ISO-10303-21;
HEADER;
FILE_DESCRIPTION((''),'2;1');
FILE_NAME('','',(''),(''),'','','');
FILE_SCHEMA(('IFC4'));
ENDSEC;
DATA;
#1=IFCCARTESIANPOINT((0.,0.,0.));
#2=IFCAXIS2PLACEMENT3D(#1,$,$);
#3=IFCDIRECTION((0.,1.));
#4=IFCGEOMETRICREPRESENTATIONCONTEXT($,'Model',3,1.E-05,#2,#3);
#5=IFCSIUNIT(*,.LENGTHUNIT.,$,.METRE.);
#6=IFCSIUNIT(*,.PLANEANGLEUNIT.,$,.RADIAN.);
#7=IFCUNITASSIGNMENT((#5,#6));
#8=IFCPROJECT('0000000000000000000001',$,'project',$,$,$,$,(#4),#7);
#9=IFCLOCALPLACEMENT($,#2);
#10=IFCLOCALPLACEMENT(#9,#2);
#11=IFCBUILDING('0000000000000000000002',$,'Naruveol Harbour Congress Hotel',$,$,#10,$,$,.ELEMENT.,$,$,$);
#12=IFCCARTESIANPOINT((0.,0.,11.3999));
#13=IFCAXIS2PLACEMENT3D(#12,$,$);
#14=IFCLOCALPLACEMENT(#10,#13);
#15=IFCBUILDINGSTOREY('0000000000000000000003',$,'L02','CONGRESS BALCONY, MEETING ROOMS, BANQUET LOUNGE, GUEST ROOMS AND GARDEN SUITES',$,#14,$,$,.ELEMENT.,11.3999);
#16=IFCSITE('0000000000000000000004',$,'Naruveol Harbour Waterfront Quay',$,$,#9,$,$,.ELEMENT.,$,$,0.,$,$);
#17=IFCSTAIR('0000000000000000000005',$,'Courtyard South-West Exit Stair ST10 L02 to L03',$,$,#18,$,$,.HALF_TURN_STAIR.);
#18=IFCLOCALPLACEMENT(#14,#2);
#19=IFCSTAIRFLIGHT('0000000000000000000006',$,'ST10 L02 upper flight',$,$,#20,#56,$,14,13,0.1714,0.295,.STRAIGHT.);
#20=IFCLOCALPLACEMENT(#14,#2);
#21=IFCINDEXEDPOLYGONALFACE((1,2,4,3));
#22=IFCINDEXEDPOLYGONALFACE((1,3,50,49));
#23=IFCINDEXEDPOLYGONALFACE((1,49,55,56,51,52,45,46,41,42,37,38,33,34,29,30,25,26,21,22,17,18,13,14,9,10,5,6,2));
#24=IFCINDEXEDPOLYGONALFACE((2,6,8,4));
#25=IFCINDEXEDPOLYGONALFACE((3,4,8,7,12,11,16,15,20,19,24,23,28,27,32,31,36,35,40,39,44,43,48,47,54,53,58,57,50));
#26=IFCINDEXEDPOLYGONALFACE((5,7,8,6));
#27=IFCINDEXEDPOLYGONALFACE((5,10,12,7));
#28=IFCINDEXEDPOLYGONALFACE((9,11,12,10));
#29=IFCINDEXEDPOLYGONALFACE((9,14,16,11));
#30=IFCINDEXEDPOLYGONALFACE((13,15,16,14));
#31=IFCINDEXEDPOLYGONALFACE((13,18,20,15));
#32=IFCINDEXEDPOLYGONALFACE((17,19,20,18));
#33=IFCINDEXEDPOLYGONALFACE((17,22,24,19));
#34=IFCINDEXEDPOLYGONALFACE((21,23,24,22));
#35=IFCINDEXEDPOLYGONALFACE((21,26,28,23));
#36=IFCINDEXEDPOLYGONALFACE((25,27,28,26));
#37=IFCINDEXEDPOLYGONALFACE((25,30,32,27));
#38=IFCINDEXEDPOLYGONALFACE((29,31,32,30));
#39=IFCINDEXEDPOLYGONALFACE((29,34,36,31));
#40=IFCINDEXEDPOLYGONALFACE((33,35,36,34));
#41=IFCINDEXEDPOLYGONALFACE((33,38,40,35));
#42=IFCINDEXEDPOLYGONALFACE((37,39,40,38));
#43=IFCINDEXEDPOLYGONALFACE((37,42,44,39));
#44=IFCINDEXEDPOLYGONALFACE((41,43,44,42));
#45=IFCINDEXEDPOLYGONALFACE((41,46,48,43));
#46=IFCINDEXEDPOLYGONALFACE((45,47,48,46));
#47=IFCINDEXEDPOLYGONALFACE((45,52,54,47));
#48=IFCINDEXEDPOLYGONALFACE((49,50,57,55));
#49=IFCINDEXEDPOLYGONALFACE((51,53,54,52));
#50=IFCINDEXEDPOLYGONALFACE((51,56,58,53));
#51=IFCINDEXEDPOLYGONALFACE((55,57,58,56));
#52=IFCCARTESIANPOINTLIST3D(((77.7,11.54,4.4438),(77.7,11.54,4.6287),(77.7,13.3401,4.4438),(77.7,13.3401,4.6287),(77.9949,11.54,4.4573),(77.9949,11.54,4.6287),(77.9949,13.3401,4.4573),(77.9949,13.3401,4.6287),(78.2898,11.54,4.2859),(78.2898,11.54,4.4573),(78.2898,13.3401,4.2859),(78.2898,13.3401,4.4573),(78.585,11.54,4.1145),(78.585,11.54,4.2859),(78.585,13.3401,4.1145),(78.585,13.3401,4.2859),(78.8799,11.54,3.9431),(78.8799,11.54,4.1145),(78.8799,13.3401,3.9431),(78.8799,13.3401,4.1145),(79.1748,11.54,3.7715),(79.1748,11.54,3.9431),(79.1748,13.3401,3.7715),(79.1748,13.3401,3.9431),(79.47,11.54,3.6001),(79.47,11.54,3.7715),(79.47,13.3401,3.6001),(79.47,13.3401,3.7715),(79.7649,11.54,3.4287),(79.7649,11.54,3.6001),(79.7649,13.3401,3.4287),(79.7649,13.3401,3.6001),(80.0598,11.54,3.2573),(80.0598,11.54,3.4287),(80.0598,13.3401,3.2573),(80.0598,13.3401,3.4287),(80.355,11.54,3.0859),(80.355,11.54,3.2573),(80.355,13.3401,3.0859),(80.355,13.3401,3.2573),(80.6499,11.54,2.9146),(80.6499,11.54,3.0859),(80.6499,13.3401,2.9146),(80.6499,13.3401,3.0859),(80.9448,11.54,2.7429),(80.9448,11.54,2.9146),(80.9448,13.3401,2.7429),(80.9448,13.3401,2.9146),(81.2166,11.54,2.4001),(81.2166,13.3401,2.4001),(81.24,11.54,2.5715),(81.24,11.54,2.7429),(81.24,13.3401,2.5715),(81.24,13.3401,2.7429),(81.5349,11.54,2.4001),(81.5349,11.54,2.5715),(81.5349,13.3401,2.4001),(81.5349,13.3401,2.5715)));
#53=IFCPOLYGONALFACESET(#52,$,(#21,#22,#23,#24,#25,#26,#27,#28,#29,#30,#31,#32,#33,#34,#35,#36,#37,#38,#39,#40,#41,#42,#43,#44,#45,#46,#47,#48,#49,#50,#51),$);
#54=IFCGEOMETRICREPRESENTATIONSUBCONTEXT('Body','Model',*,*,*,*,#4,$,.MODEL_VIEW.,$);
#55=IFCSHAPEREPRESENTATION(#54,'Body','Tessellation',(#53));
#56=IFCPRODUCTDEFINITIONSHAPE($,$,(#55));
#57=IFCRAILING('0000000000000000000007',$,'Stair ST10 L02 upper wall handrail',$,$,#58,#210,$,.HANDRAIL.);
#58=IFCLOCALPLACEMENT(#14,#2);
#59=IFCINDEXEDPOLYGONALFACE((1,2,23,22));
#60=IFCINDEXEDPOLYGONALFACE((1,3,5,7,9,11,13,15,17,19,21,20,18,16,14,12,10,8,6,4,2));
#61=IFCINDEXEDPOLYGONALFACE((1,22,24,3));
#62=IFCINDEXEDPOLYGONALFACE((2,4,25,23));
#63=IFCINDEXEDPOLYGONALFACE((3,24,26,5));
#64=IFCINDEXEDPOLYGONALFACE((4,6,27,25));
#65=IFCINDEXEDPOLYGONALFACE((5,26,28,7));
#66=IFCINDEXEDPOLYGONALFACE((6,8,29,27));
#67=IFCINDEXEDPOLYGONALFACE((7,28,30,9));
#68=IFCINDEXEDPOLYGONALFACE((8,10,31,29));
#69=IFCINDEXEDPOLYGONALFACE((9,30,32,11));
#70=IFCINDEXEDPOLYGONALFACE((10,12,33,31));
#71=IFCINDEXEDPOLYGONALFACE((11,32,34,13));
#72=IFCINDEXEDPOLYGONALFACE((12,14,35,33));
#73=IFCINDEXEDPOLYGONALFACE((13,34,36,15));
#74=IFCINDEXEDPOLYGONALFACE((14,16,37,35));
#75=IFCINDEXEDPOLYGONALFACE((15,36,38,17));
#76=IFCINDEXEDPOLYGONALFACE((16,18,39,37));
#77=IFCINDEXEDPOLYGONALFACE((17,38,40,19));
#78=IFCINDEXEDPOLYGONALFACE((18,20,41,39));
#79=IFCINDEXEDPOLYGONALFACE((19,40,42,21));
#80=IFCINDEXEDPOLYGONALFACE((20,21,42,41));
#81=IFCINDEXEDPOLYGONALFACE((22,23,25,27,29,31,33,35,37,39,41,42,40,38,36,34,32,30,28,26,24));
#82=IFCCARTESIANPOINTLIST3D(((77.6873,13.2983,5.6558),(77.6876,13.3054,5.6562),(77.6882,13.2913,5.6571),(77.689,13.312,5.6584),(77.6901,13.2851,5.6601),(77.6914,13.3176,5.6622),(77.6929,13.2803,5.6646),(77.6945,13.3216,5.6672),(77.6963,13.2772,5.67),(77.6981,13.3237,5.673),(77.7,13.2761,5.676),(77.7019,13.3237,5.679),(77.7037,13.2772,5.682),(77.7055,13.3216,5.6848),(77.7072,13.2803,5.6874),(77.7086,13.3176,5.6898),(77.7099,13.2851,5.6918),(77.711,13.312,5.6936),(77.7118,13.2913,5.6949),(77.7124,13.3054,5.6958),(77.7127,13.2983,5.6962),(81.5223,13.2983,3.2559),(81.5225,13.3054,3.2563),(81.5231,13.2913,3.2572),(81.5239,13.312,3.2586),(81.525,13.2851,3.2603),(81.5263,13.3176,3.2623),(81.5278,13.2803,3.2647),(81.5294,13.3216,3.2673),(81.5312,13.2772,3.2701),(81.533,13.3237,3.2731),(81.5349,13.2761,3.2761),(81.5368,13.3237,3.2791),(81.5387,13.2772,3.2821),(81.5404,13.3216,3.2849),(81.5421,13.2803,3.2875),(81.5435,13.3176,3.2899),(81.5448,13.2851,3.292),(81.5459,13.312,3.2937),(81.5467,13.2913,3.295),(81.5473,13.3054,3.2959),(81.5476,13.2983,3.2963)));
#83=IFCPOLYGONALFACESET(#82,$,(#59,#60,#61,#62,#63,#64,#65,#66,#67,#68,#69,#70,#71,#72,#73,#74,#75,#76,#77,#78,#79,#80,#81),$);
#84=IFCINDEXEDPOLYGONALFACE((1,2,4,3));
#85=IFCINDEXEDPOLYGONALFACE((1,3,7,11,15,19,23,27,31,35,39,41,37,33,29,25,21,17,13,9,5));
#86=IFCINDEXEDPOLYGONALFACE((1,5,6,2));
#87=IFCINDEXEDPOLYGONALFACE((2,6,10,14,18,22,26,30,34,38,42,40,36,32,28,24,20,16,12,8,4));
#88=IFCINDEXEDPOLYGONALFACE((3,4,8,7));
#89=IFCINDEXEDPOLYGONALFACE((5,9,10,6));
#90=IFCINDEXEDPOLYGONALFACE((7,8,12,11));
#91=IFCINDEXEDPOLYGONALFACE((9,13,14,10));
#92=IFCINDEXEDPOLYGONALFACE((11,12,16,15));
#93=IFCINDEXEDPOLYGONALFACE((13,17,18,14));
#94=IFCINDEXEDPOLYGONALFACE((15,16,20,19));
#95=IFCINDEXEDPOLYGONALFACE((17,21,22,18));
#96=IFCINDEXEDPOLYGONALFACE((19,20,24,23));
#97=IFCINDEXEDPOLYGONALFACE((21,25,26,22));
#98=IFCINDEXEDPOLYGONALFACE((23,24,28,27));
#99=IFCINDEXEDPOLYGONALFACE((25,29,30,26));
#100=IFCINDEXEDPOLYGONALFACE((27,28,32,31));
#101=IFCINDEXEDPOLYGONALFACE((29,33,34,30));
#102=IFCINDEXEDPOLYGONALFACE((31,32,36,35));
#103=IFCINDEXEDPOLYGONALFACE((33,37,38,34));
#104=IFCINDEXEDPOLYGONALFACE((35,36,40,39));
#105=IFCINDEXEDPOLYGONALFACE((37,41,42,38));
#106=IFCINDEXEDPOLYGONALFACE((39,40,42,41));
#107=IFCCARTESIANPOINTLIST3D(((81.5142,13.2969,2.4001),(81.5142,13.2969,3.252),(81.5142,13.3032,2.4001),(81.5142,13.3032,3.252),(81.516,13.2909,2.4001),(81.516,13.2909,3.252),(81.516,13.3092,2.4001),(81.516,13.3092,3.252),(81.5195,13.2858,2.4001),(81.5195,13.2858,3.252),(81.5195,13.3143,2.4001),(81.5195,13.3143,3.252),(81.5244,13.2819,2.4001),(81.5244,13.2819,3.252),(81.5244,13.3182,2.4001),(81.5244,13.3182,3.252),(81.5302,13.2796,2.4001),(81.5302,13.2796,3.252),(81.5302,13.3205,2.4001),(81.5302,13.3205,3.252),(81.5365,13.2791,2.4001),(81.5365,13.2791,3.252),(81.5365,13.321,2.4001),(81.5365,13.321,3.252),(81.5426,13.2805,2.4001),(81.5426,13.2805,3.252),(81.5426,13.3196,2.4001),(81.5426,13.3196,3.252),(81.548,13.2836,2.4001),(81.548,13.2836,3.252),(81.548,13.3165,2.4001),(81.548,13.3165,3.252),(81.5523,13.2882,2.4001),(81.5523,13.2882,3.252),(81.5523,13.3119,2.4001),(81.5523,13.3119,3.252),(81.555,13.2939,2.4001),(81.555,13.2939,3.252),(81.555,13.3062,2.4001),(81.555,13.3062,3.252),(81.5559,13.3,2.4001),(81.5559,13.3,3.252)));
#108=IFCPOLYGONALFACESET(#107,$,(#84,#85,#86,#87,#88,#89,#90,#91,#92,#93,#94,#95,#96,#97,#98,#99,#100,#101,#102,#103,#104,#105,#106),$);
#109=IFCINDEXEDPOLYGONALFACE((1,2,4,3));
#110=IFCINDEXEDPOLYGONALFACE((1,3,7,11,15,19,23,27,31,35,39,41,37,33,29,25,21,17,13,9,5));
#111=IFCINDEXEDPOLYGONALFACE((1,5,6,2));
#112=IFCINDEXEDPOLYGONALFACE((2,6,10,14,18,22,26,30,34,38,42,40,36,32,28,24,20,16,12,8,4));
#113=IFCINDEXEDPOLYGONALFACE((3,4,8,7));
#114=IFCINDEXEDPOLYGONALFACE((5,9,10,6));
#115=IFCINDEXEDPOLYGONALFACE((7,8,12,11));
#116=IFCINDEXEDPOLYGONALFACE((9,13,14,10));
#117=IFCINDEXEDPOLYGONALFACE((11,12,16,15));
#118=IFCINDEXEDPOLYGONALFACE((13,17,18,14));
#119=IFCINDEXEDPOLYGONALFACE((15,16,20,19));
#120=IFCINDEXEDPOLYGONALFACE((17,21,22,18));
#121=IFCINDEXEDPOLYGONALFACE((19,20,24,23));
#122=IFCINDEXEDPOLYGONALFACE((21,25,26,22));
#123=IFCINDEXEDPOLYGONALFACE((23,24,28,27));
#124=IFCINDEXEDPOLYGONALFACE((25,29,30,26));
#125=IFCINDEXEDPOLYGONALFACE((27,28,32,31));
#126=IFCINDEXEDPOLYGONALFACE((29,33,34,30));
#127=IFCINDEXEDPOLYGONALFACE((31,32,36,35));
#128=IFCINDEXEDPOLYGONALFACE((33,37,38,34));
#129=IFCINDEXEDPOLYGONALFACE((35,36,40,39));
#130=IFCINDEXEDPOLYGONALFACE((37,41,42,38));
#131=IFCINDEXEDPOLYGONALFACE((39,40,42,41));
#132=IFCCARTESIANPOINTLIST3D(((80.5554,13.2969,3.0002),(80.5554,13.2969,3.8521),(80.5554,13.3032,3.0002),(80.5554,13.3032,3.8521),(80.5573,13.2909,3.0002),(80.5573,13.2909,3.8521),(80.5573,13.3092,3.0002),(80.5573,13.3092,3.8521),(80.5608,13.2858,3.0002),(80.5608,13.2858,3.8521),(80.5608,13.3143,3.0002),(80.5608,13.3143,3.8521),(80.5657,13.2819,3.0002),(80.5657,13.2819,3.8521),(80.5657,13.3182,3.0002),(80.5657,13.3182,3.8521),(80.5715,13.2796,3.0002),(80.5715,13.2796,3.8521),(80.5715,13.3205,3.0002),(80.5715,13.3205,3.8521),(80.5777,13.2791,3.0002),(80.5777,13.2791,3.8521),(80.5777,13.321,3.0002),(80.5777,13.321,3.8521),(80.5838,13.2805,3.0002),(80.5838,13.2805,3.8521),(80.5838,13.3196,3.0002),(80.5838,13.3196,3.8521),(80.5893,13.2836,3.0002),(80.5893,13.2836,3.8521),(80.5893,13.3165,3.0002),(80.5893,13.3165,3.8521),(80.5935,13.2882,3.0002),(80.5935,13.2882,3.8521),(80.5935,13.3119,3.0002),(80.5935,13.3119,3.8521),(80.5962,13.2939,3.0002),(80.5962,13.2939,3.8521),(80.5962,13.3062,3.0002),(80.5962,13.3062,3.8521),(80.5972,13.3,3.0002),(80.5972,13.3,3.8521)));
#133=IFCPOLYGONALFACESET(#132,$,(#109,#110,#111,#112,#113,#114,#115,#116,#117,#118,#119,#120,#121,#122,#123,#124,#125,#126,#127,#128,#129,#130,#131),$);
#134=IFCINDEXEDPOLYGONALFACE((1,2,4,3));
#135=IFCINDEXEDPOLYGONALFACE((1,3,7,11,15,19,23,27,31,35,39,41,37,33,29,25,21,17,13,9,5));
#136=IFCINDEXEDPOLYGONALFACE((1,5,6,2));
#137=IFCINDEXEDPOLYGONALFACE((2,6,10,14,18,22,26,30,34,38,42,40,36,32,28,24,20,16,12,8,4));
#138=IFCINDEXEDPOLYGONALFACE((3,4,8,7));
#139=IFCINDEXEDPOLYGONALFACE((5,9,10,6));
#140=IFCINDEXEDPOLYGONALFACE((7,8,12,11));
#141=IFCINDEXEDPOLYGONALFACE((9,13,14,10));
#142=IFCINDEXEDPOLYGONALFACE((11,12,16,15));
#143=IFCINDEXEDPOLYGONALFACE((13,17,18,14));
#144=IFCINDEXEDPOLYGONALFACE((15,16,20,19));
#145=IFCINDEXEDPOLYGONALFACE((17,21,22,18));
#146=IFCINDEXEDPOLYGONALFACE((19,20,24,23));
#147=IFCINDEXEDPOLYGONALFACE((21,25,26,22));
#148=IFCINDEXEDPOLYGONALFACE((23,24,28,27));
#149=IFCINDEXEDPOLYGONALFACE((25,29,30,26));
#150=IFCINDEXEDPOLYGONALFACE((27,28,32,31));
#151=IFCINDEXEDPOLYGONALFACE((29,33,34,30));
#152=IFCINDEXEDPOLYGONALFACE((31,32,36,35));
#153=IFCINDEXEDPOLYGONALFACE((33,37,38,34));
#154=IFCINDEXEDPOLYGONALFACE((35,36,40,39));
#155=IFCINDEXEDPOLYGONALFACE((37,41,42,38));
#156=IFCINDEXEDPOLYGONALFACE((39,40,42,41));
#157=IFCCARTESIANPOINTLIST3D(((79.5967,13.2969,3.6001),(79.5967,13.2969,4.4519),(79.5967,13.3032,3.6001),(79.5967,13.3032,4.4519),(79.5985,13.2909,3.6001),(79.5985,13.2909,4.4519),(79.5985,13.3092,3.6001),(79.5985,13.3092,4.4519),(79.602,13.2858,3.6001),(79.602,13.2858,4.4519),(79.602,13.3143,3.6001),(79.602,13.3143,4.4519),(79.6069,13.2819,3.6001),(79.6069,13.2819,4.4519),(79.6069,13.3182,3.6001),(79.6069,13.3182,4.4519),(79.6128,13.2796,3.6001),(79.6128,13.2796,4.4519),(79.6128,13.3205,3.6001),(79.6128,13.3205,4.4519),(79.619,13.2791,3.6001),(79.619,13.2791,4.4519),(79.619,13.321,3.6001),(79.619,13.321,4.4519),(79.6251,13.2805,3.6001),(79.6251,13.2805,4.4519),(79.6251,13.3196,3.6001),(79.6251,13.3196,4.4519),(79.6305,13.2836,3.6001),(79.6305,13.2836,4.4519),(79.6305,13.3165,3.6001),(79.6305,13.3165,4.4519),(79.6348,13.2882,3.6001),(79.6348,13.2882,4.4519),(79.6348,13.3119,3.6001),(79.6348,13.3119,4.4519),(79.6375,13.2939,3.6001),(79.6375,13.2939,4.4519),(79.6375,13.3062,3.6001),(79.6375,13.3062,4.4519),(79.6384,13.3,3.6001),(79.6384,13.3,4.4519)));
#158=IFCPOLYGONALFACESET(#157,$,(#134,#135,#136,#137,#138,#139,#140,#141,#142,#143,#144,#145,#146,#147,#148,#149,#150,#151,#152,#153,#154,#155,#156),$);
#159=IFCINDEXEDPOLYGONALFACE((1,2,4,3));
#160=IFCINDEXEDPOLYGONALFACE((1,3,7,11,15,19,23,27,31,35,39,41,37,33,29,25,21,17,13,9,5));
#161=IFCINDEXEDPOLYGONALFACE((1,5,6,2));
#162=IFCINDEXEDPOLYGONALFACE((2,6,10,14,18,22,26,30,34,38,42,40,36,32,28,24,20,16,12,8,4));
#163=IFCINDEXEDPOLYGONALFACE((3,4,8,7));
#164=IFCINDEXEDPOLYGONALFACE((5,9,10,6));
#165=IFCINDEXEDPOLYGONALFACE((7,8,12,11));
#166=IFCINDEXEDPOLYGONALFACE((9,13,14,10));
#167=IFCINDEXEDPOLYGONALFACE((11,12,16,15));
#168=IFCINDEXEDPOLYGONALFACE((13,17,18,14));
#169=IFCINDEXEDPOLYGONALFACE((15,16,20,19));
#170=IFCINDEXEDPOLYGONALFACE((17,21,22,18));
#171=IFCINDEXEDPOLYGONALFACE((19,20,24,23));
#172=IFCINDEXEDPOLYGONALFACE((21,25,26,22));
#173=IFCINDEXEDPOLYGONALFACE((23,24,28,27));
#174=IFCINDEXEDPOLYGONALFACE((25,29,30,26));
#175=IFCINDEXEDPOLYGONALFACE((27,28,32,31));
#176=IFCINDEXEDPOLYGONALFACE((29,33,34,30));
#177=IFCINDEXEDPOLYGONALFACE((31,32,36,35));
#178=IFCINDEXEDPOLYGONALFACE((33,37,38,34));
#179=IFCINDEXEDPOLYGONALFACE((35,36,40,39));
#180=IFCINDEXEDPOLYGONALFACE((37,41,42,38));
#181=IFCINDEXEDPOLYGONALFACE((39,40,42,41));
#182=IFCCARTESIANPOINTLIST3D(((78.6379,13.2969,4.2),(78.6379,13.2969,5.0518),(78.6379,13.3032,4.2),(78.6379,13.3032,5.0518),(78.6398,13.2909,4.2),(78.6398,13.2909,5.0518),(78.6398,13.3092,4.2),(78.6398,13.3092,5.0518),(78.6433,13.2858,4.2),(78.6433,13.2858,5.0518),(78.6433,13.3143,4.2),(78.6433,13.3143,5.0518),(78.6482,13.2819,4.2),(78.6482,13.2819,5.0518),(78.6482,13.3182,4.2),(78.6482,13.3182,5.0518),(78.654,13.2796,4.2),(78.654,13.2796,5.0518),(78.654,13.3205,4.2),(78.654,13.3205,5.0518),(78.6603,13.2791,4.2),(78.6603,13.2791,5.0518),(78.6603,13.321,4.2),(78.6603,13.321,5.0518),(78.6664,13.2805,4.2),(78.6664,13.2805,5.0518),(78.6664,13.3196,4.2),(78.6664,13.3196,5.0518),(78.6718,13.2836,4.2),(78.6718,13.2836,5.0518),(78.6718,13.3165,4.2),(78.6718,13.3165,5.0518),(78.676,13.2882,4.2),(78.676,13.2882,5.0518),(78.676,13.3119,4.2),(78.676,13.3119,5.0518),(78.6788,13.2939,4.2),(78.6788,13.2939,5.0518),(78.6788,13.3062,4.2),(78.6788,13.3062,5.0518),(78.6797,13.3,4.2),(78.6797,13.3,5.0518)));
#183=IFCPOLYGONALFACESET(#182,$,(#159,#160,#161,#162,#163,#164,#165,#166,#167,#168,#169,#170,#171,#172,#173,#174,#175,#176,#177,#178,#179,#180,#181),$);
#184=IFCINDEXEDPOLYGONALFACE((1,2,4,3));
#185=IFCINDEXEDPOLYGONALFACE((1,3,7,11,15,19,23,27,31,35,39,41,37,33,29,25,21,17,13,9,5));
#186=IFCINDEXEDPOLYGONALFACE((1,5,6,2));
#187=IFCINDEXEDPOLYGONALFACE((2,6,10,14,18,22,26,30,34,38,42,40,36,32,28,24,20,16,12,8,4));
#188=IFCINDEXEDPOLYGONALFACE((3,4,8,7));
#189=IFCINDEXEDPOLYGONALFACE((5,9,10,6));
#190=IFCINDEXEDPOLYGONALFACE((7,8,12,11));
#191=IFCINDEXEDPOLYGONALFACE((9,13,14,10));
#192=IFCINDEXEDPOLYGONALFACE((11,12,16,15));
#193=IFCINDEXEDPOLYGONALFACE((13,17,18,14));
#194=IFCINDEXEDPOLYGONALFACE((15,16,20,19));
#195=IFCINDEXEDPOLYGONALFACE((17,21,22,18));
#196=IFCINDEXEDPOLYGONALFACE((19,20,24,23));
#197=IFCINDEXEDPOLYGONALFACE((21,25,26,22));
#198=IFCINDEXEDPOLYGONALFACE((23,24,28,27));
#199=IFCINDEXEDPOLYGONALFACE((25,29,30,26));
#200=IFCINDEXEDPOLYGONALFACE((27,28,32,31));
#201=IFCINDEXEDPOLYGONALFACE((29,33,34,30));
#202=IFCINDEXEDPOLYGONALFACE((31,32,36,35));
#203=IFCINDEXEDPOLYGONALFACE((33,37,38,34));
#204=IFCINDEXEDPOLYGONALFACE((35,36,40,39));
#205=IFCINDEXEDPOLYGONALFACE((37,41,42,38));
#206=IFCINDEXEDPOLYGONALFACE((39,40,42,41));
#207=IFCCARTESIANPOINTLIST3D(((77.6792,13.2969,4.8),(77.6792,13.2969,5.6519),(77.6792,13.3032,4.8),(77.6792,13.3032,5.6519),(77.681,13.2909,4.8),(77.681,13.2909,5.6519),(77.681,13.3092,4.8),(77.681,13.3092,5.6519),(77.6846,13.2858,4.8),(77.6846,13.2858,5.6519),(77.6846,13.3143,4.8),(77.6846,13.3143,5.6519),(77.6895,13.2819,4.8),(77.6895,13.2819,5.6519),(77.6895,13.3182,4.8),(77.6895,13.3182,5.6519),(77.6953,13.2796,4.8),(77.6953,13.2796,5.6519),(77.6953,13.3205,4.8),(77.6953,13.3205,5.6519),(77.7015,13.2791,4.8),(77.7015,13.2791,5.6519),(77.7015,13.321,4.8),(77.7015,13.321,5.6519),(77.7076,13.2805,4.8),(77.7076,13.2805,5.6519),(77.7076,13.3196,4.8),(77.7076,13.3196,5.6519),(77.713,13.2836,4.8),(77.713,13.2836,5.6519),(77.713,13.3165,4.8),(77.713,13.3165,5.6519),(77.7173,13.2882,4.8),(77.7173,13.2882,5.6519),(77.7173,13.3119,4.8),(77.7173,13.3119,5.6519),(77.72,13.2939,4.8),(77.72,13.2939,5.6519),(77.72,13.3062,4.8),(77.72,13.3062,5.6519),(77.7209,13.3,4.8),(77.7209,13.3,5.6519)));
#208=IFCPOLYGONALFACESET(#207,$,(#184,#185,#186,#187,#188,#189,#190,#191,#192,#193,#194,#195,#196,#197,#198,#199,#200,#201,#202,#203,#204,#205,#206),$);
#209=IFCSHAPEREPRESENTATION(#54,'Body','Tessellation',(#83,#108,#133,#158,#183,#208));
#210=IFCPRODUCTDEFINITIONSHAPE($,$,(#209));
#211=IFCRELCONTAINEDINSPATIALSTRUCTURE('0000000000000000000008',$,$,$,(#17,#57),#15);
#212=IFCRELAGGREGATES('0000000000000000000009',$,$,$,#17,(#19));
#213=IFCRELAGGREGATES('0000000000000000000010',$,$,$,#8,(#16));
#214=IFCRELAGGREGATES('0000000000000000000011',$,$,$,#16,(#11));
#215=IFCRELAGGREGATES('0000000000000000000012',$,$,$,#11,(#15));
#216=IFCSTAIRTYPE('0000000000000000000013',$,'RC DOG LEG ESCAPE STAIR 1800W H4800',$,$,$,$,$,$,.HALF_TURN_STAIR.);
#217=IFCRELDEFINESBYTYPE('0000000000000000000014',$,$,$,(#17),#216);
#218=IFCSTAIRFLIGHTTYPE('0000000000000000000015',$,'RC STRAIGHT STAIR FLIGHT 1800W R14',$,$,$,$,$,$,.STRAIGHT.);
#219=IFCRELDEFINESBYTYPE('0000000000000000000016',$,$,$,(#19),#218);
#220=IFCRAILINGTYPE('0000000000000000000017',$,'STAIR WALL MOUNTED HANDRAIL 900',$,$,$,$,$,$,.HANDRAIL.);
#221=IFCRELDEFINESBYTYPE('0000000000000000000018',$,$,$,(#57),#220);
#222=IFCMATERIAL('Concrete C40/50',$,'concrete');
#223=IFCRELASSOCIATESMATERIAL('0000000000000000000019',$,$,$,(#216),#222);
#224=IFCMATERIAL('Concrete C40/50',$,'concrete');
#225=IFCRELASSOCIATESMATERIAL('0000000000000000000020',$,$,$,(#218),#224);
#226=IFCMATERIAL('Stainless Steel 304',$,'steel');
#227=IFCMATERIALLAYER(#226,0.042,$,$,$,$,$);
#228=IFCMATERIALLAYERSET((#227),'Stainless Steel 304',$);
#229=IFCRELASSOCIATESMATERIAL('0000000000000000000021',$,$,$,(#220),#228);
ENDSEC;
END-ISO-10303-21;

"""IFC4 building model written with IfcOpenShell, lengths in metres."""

from ifc_helpers import new_model, si_unit, direction, frame, origin, origin_2d, place, context, subcontext, project, spatial, polyline, circle, outline, extrude, material, layer, layer_set, type_object, element, aggregate, save


model = new_model("IFC4")

# Units and contexts
model_context = context("Model", 3, precision=1e-05, world=origin(), true_north=direction((0.0, 1.0)))
body_context = subcontext(model_context, "Body", "Model", "MODEL_VIEW")
ifc_project = project(units=[si_unit("LENGTHUNIT", "METRE"), si_unit("PLANEANGLEUNIT", "RADIAN")], contexts=[model_context])

# Site, building, storey
site_placement = place(None, origin())
site = spatial("IfcSite", under=ifc_project, at=site_placement, Name="Naruveol Harbour Waterfront Quay", CompositionType="ELEMENT", RefElevation=0.0)
building_placement = place(site_placement, origin())
building = spatial("IfcBuilding", under=site, at=building_placement, Name="Naruveol Harbour Congress Hotel", CompositionType="ELEMENT")
storey_placement = place(building_placement, frame((0.0, 0.0, 11.3999)))
storey = spatial("IfcBuildingStorey", under=building, at=storey_placement, Name="L02", Description="CONGRESS BALCONY, MEETING ROOMS, BANQUET LOUNGE, GUEST ROOMS AND GARDEN SUITES", CompositionType="ELEMENT", Elevation=11.3999)

# Stair, stair flight
ifc_material_1 = material(Name="Concrete C40/50", Category="concrete")
stair_type = type_object("IfcStairType", Name="RC DOG LEG ESCAPE STAIR 1800W H4800", PredefinedType="HALF_TURN_STAIR", material=ifc_material_1)
stair_placement = place(storey_placement, origin())
stair = element("IfcStair", 1, at=stair_placement, inside=storey, type_object=stair_type, Name="Courtyard South-West Exit Stair ST10 L02 to L03", PredefinedType="HALF_TURN_STAIR")
ifc_material_2 = material(Name="Concrete C40/50", Category="concrete")
stair_flight_type = type_object("IfcStairFlightType", Name="RC STRAIGHT STAIR FLIGHT 1800W R14", PredefinedType="STRAIGHT", material=ifc_material_2)
stair_flight_placement = place(storey_placement, frame((81.5349, 12.4399, 2.4001), z_axis=(0.0, 0.0, 1.0), x_axis=(-1.0, 0.0, 0.0)))
stair_flight = element("IfcStairFlight", 2, at=stair_flight_placement, type_object=stair_flight_type, Name="ST10 L02 upper flight", NumberOfRisers=14, NumberOfTreads=13, PredefinedType="STRAIGHT", RiserHeight=0.1714, TreadLength=0.295, context=body_context, shape_type="SweptSolid", body=[
    extrude(outline(polyline([(0.0, 0.0), (0.0, 0.1714), (0.2949, 0.1714), (0.2949, 0.3428), (0.5901, 0.3428), (0.5901, 0.5144), (0.885, 0.5144), (0.885, 0.6858), (1.1799, 0.6858), (1.1799, 0.8572), (1.4751, 0.8572), (1.4751, 1.0286), (1.77, 1.0286), (1.77, 1.2), (2.0649, 1.2), (2.0649, 1.3713), (2.3601, 1.3713), (2.3601, 1.543), (2.655, 1.543), (2.655, 1.7144), (2.95, 1.7144), (2.95, 1.8857), (3.2451, 1.8857), (3.2451, 2.0571), (3.54, 2.0571), (3.54, 2.2285), (3.835, 2.2285), (3.835, 2.3999), (3.835, 2.0437), (0.3184, 0.0), (0.0, 0.0)])), frame((0.0, 0.8999, 0.0), z_axis=(0.0, -1.0, 0.0), x_axis=(1.0, 0.0, 0.0)), (0.0, 0.0, 1.0), 1.8),
])
aggregate(stair, [stair_flight])

# Railing
ifc_material_3 = material(Name="Stainless Steel 304", Category="steel")
ifc_layer_1 = layer(ifc_material_3, 0.042)
ifc_layer_set_1 = layer_set([ifc_layer_1], Name="Stainless Steel 304")
railing_type_1 = type_object("IfcRailingType", Name="STAIR WALL MOUNTED HANDRAIL 900", PredefinedType="HANDRAIL", material=ifc_layer_set_1)
railing_1_placement = place(storey_placement, frame((81.5349, 13.3, 2.4001)))
element("IfcRailing", 3, at=railing_1_placement, inside=storey, type_object=railing_type_1, Name="Stair ST10 L02 upper wall handrail", PredefinedType="HANDRAIL", context=body_context, shape_type="SweptSolid", body=[
    extrude(circle(Radius=0.0239, at=origin_2d()), frame((0.0, 0.0, 0.876), z_axis=(-0.847695, 0.0, 0.530484), x_axis=(0.0, -1.0, 0.0)), (0.0, 0.0, 1.0), 4.5239),
    extrude(circle(Radius=0.021, at=origin_2d()), origin(), (0.0, 0.0, 1.0), 0.8518),
    extrude(circle(Radius=0.021, at=origin_2d()), frame((-0.9587, 0.0, 0.6001)), (0.0, 0.0, 1.0), 0.8518),
    extrude(circle(Radius=0.021, at=origin_2d()), frame((-1.9175, 0.0, 1.2)), (0.0, 0.0, 1.0), 0.8518),
    extrude(circle(Radius=0.021, at=origin_2d()), frame((-2.8762, 0.0, 1.7998)), (0.0, 0.0, 1.0), 0.8518),
    extrude(circle(Radius=0.021, at=origin_2d()), frame((-3.835, 0.0, 2.3999)), (0.0, 0.0, 1.0), 0.8518),
])

save(model, "model.ifc")
